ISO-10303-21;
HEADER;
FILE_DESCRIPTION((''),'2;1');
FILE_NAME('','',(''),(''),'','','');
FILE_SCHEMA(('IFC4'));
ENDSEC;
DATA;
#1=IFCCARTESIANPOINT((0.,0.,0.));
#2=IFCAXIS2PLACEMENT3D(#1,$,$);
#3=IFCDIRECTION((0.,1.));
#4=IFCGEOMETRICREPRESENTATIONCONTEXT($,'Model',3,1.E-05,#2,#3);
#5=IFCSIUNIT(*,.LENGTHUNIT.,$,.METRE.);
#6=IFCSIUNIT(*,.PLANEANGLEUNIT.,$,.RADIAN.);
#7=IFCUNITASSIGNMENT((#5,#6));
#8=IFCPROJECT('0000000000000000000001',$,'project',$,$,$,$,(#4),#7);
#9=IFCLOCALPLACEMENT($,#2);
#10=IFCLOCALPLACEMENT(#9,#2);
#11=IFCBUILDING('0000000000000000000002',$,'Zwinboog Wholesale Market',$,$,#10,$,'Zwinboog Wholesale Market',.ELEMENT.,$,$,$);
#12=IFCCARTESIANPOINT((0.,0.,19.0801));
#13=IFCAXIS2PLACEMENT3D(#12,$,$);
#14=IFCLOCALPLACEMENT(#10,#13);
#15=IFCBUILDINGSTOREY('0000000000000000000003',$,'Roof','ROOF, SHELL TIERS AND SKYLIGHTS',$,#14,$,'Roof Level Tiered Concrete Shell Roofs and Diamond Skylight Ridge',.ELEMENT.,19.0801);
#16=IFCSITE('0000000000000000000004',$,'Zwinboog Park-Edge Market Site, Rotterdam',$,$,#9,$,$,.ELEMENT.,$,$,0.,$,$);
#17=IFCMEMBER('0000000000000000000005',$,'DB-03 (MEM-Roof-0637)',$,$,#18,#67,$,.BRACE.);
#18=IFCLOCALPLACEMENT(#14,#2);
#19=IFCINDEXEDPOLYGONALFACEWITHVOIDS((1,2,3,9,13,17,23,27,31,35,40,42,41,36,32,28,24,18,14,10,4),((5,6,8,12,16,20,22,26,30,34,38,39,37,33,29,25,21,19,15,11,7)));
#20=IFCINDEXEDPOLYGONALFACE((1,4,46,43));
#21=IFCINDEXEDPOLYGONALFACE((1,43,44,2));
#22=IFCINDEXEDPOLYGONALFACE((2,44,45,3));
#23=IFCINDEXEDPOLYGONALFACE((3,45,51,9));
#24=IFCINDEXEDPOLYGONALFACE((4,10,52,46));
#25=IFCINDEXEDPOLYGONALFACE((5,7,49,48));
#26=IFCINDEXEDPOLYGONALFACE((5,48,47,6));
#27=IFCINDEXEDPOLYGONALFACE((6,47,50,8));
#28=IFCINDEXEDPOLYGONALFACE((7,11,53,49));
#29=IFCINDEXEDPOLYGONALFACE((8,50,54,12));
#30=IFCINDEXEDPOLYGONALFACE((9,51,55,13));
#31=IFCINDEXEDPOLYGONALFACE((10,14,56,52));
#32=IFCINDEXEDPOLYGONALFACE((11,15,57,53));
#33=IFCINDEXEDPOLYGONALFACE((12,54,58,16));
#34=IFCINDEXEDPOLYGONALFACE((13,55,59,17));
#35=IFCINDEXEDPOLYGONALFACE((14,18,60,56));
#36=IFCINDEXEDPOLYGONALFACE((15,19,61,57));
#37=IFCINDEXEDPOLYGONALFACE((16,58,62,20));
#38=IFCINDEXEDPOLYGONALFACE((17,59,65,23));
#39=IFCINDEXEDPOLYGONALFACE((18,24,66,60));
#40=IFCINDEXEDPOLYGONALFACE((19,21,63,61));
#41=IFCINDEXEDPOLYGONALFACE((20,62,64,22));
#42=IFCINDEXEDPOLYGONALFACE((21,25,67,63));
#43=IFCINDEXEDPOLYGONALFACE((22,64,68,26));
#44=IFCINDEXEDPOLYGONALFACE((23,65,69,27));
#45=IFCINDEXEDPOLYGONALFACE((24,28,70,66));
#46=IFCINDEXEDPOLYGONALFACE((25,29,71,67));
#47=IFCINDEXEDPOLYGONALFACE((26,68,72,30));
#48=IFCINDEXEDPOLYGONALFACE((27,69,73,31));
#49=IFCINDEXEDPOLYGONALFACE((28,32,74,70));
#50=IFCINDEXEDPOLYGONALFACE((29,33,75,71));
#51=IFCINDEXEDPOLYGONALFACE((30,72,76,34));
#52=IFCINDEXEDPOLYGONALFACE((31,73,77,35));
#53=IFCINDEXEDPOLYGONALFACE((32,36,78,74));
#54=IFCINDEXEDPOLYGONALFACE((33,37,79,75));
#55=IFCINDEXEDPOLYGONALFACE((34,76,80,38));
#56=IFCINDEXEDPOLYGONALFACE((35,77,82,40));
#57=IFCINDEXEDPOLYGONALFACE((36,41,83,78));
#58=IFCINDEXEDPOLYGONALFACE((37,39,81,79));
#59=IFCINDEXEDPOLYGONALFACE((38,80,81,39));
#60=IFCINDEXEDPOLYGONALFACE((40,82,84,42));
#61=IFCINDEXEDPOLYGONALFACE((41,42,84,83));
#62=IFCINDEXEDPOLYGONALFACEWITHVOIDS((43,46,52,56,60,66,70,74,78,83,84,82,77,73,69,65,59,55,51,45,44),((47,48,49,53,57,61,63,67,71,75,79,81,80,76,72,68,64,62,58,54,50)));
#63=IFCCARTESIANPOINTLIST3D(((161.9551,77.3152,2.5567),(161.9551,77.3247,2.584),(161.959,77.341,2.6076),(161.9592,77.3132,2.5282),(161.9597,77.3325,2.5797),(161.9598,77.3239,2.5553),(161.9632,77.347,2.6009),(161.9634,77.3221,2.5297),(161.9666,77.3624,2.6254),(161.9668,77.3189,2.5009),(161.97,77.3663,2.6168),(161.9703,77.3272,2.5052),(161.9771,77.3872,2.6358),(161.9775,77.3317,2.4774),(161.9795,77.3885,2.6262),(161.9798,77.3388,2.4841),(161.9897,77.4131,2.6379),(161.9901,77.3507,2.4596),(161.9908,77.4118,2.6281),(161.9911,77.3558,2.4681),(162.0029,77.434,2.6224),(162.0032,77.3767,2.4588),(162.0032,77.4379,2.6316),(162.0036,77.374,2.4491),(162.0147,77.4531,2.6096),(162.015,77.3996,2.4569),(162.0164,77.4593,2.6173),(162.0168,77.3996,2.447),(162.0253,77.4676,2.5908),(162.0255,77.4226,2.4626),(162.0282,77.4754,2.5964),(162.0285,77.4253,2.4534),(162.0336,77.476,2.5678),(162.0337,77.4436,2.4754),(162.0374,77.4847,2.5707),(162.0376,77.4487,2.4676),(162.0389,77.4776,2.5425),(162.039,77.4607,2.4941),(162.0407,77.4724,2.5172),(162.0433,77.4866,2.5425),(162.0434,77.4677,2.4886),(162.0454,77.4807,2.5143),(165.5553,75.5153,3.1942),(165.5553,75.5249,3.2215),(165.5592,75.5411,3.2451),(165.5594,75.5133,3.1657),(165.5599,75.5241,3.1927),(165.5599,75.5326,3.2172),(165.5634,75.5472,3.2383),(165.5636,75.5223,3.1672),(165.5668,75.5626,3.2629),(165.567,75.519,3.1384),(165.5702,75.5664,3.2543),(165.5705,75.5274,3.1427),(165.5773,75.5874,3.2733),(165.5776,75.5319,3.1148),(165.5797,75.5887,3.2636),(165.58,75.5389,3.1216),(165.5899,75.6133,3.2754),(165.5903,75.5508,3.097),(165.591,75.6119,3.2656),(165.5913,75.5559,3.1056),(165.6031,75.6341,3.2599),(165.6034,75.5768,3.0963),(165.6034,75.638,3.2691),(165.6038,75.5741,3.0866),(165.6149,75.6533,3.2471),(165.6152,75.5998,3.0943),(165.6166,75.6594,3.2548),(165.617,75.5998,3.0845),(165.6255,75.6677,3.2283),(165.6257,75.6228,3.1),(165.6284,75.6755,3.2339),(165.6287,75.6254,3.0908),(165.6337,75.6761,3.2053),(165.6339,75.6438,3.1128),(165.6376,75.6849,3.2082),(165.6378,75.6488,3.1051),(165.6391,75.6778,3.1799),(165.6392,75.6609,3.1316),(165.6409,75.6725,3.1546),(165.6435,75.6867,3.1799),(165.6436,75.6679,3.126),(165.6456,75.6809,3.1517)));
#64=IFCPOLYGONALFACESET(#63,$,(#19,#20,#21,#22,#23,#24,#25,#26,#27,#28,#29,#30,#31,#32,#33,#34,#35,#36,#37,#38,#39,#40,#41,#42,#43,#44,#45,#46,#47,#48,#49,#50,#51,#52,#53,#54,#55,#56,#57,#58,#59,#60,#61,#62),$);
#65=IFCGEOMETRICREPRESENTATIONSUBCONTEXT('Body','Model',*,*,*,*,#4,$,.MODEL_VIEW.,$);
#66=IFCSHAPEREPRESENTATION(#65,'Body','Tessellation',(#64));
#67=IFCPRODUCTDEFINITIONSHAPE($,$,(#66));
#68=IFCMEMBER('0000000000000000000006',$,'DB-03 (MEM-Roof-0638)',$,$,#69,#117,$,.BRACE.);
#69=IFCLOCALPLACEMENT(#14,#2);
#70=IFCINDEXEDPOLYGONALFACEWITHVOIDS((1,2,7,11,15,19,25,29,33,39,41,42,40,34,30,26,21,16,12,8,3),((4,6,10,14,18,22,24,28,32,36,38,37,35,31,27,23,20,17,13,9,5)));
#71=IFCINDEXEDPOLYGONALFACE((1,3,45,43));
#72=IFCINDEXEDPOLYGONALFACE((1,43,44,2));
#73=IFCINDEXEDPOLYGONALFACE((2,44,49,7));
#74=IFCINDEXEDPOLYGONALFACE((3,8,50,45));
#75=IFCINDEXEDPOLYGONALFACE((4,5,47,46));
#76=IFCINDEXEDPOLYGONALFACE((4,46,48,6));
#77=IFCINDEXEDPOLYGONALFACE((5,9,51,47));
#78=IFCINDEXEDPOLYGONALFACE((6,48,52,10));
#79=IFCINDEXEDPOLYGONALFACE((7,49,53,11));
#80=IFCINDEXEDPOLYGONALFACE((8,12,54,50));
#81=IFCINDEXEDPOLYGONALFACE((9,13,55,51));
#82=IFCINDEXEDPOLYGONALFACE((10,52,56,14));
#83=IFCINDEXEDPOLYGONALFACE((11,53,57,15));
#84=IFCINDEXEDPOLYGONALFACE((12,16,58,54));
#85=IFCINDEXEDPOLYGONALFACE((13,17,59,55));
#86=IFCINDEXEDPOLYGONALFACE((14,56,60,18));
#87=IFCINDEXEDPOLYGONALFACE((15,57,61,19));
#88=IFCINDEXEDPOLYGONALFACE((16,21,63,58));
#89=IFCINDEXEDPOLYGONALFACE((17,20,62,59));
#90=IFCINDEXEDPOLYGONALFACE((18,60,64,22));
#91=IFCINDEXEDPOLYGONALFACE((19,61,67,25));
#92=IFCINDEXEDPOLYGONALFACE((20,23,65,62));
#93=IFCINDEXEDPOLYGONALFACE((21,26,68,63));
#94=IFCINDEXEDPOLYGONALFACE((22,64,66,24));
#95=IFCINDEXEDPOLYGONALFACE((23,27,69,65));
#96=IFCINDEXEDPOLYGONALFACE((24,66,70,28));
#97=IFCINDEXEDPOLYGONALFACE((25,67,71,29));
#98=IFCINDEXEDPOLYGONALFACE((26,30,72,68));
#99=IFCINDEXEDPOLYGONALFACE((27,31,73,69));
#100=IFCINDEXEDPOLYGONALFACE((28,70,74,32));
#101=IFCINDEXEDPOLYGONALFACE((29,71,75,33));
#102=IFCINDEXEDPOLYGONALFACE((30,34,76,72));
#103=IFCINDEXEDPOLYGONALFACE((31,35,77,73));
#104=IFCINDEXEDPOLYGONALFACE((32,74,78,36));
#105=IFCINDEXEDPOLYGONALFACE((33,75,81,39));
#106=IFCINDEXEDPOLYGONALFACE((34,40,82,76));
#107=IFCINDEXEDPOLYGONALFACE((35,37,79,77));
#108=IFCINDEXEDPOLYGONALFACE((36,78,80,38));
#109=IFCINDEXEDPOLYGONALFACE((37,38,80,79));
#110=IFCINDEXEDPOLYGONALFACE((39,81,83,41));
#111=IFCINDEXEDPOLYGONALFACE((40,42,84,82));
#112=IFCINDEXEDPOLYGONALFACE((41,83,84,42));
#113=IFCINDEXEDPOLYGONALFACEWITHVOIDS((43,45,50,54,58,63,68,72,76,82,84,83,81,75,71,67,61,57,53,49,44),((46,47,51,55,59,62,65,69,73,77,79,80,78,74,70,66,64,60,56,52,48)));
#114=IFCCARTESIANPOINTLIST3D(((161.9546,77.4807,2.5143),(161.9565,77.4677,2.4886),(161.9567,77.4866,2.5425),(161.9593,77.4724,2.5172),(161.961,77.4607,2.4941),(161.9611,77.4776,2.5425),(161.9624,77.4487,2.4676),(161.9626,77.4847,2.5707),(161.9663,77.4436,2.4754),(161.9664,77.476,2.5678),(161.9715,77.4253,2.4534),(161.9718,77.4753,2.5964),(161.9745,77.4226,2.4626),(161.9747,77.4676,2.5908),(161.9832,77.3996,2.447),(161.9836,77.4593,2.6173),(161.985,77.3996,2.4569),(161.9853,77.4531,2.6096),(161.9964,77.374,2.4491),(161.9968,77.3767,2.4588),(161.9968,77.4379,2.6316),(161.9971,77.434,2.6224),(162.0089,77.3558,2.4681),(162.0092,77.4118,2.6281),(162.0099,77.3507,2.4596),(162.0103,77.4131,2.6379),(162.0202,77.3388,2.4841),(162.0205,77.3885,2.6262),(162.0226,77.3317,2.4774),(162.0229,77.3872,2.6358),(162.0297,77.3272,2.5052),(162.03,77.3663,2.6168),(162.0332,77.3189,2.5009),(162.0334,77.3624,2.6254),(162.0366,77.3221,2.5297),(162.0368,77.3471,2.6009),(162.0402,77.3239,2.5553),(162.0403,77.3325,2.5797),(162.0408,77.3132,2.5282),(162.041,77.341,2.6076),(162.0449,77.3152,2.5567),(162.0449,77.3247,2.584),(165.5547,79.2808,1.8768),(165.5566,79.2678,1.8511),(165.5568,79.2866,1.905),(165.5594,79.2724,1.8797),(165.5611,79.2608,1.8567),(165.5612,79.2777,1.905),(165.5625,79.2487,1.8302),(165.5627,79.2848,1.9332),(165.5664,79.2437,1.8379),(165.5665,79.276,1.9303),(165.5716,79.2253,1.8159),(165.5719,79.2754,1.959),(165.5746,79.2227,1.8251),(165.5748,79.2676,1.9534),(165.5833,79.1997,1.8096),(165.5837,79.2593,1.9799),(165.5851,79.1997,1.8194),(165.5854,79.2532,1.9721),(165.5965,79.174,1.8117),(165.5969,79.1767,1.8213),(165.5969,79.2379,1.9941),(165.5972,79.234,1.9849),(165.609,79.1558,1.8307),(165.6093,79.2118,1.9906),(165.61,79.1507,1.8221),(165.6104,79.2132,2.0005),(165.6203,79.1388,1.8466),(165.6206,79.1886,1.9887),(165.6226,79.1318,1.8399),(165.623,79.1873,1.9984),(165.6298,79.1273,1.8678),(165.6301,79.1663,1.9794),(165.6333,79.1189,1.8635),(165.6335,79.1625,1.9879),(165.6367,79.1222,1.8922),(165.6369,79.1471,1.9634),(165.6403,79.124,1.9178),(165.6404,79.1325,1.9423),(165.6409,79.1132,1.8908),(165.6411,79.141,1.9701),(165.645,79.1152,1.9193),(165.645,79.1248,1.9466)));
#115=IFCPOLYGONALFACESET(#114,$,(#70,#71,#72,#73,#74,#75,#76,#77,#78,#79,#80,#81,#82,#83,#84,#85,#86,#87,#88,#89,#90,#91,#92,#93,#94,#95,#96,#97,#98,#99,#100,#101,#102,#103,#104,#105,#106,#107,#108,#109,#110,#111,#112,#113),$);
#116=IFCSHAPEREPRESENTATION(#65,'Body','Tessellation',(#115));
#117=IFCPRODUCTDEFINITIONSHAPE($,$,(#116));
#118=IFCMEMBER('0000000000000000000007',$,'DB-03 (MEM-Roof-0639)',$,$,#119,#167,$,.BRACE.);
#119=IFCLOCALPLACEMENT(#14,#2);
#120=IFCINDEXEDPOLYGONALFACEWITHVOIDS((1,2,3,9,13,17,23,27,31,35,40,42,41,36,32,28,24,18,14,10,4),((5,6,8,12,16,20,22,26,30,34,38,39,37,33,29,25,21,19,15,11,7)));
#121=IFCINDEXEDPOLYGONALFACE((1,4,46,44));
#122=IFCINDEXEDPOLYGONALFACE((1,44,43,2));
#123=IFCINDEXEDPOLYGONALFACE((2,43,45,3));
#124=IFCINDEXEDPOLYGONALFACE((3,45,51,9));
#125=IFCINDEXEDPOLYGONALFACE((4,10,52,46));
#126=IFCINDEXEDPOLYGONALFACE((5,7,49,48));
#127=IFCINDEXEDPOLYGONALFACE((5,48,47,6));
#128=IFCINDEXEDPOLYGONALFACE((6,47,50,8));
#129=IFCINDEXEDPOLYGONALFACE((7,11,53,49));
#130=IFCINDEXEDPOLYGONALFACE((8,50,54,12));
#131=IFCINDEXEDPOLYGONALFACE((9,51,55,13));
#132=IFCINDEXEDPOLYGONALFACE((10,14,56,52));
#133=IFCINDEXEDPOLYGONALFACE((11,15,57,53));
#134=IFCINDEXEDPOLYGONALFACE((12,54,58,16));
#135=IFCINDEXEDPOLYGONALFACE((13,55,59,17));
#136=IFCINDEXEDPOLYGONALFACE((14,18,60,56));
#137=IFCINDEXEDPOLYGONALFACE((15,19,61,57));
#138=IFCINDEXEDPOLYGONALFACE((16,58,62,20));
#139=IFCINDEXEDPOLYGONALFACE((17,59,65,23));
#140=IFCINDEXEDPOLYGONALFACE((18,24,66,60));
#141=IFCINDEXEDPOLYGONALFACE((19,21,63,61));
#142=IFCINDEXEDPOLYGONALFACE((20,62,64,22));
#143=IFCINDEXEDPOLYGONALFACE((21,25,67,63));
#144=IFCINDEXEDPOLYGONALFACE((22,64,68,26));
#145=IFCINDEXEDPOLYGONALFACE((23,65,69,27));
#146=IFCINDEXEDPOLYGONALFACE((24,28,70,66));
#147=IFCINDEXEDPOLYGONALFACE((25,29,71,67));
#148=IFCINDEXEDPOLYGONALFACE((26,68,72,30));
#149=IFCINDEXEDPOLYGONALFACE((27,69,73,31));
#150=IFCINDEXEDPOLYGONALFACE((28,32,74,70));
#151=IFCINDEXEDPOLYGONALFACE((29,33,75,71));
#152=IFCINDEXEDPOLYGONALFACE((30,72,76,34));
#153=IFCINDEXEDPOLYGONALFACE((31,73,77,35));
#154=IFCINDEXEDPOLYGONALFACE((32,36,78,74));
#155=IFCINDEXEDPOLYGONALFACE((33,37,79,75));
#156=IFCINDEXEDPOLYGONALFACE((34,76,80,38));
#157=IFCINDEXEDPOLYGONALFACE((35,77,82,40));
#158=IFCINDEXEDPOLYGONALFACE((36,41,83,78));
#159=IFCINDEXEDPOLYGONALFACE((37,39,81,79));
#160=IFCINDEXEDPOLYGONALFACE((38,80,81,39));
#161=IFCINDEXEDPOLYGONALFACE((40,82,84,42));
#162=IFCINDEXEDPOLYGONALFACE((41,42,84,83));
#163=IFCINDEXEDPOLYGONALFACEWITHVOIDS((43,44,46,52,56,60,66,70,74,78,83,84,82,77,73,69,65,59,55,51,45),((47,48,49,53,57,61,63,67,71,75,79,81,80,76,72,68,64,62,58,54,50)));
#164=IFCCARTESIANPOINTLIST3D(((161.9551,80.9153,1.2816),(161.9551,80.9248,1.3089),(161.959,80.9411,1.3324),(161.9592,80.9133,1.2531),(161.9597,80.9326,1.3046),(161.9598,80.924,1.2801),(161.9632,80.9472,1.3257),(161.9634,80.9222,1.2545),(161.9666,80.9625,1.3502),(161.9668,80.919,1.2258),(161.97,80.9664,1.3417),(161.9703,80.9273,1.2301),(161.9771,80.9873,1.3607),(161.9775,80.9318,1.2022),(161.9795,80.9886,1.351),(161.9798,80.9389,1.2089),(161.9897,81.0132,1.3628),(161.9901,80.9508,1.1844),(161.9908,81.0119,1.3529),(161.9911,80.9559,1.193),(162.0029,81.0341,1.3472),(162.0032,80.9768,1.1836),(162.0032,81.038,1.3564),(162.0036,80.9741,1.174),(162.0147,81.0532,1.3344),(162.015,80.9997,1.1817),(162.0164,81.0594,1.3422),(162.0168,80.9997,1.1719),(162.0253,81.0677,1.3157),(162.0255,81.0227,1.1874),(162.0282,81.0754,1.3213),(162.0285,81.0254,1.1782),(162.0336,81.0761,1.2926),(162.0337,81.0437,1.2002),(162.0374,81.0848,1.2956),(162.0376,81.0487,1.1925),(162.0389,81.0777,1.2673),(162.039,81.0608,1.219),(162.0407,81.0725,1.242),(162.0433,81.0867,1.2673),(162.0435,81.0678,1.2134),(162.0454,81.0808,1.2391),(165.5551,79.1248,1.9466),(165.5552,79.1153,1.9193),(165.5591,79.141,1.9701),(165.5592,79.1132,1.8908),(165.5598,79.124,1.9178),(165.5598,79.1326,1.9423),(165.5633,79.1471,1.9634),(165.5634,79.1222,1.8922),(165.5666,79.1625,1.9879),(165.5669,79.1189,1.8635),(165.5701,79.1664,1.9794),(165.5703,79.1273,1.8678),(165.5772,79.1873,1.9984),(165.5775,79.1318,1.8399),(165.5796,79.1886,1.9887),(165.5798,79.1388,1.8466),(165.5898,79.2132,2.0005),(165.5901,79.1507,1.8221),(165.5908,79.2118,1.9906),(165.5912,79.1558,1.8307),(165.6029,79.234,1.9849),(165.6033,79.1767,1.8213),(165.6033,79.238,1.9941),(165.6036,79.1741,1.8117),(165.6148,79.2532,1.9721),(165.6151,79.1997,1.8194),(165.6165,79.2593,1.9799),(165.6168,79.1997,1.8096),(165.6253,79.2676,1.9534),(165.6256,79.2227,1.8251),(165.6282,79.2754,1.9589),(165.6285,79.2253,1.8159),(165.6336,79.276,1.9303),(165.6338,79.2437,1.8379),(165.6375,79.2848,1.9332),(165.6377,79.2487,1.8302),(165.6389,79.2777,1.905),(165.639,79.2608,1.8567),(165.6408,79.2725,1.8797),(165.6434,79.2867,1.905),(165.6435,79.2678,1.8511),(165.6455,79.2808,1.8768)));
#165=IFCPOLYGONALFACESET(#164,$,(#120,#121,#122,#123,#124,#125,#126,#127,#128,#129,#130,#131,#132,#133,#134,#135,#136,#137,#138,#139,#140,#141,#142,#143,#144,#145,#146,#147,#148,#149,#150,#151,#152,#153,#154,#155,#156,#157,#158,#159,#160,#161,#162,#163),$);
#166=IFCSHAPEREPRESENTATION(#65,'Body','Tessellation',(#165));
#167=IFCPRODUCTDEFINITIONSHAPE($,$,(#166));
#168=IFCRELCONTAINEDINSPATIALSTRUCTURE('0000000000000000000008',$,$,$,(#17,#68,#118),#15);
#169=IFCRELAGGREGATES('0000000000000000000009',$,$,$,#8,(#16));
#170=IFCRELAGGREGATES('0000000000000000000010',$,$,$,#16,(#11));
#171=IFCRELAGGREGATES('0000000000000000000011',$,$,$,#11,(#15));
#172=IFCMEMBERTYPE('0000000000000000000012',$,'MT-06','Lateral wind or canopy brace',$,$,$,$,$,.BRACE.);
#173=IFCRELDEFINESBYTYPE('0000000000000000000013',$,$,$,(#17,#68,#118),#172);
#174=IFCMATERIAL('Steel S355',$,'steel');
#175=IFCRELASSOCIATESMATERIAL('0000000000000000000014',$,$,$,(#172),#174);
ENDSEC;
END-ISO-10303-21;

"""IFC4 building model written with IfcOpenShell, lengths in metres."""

from ifc_helpers import new_model, si_unit, direction, frame, origin, origin_2d, place, context, subcontext, project, spatial, hollow_circle, extrude, material, material_profile, profile_set, type_object, element, save


model = new_model("IFC4")

# Units and contexts
model_context = context("Model", 3, precision=1e-05, world=origin(), true_north=direction((0.0, 1.0)))
body_context = subcontext(model_context, "Body", "Model", "MODEL_VIEW")
ifc_project = project(units=[si_unit("LENGTHUNIT", "METRE"), si_unit("PLANEANGLEUNIT", "RADIAN")], contexts=[model_context])

# Site, building, storey
site_placement = place(None, origin())
site = spatial("IfcSite", under=ifc_project, at=site_placement, Name="Zwinboog Park-Edge Market Site, Rotterdam", CompositionType="ELEMENT", RefElevation=0.0)
building_placement = place(site_placement, origin())
building = spatial("IfcBuilding", under=site, at=building_placement, Name="Zwinboog Wholesale Market", LongName="Zwinboog Wholesale Market", CompositionType="ELEMENT")
storey_placement = place(building_placement, frame((0.0, 0.0, 19.0801)))
storey = spatial("IfcBuildingStorey", under=building, at=storey_placement, Name="Roof", Description="ROOF, SHELL TIERS AND SKYLIGHTS", LongName="Roof Level Tiered Concrete Shell Roofs and Diamond Skylight Ridge", CompositionType="ELEMENT", Elevation=19.0801)

# Members
ifc_material_1 = material(Name="Steel S355", Category="steel")
ifc_material_profile_1 = material_profile(ifc_material_1, hollow_circle(Radius=0.0969, WallThickness=0.01, at=origin_2d()), Name="CHS 193.7x10")
ifc_profile_set_1 = profile_set([ifc_material_profile_1], Name="Steel S355")
member_type_1 = type_object("IfcMemberType", Name="MT-06", Description="Lateral wind or canopy brace", PredefinedType="BRACE", material=ifc_profile_set_1)
for number, where, z_axis, x_axis, name in (
    (1, (162.0, 77.3999, 2.5425), (0.88344, -0.44166, 0.156426), (0.447165, 0.894451, 0.0), "DB-03 (MEM-Roof-0637)"),
    (2, (162.0, 77.3999, 2.5425), (0.883417, 0.441709, -0.156422), (-0.447214, 0.894427, 0.0), "DB-03 (MEM-Roof-0638)"),
    (3, (162.0, 81.0, 1.2673), (0.883409, -0.441704, 0.156481), (0.447214, 0.894427, 0.0), "DB-03 (MEM-Roof-0639)"),
):
    element("IfcMember", number, at=place(storey_placement, frame(where, z_axis=z_axis, x_axis=x_axis)), inside=storey, type_object=member_type_1, Name=name, PredefinedType="BRACE", context=body_context, shape_type="SweptSolid", body=[
        extrude(hollow_circle(Radius=0.0969, WallThickness=0.01, at=origin_2d()), origin(), (0.0, 0.0, 1.0), 4.0752),
    ])

save(model, "model.ifc")
